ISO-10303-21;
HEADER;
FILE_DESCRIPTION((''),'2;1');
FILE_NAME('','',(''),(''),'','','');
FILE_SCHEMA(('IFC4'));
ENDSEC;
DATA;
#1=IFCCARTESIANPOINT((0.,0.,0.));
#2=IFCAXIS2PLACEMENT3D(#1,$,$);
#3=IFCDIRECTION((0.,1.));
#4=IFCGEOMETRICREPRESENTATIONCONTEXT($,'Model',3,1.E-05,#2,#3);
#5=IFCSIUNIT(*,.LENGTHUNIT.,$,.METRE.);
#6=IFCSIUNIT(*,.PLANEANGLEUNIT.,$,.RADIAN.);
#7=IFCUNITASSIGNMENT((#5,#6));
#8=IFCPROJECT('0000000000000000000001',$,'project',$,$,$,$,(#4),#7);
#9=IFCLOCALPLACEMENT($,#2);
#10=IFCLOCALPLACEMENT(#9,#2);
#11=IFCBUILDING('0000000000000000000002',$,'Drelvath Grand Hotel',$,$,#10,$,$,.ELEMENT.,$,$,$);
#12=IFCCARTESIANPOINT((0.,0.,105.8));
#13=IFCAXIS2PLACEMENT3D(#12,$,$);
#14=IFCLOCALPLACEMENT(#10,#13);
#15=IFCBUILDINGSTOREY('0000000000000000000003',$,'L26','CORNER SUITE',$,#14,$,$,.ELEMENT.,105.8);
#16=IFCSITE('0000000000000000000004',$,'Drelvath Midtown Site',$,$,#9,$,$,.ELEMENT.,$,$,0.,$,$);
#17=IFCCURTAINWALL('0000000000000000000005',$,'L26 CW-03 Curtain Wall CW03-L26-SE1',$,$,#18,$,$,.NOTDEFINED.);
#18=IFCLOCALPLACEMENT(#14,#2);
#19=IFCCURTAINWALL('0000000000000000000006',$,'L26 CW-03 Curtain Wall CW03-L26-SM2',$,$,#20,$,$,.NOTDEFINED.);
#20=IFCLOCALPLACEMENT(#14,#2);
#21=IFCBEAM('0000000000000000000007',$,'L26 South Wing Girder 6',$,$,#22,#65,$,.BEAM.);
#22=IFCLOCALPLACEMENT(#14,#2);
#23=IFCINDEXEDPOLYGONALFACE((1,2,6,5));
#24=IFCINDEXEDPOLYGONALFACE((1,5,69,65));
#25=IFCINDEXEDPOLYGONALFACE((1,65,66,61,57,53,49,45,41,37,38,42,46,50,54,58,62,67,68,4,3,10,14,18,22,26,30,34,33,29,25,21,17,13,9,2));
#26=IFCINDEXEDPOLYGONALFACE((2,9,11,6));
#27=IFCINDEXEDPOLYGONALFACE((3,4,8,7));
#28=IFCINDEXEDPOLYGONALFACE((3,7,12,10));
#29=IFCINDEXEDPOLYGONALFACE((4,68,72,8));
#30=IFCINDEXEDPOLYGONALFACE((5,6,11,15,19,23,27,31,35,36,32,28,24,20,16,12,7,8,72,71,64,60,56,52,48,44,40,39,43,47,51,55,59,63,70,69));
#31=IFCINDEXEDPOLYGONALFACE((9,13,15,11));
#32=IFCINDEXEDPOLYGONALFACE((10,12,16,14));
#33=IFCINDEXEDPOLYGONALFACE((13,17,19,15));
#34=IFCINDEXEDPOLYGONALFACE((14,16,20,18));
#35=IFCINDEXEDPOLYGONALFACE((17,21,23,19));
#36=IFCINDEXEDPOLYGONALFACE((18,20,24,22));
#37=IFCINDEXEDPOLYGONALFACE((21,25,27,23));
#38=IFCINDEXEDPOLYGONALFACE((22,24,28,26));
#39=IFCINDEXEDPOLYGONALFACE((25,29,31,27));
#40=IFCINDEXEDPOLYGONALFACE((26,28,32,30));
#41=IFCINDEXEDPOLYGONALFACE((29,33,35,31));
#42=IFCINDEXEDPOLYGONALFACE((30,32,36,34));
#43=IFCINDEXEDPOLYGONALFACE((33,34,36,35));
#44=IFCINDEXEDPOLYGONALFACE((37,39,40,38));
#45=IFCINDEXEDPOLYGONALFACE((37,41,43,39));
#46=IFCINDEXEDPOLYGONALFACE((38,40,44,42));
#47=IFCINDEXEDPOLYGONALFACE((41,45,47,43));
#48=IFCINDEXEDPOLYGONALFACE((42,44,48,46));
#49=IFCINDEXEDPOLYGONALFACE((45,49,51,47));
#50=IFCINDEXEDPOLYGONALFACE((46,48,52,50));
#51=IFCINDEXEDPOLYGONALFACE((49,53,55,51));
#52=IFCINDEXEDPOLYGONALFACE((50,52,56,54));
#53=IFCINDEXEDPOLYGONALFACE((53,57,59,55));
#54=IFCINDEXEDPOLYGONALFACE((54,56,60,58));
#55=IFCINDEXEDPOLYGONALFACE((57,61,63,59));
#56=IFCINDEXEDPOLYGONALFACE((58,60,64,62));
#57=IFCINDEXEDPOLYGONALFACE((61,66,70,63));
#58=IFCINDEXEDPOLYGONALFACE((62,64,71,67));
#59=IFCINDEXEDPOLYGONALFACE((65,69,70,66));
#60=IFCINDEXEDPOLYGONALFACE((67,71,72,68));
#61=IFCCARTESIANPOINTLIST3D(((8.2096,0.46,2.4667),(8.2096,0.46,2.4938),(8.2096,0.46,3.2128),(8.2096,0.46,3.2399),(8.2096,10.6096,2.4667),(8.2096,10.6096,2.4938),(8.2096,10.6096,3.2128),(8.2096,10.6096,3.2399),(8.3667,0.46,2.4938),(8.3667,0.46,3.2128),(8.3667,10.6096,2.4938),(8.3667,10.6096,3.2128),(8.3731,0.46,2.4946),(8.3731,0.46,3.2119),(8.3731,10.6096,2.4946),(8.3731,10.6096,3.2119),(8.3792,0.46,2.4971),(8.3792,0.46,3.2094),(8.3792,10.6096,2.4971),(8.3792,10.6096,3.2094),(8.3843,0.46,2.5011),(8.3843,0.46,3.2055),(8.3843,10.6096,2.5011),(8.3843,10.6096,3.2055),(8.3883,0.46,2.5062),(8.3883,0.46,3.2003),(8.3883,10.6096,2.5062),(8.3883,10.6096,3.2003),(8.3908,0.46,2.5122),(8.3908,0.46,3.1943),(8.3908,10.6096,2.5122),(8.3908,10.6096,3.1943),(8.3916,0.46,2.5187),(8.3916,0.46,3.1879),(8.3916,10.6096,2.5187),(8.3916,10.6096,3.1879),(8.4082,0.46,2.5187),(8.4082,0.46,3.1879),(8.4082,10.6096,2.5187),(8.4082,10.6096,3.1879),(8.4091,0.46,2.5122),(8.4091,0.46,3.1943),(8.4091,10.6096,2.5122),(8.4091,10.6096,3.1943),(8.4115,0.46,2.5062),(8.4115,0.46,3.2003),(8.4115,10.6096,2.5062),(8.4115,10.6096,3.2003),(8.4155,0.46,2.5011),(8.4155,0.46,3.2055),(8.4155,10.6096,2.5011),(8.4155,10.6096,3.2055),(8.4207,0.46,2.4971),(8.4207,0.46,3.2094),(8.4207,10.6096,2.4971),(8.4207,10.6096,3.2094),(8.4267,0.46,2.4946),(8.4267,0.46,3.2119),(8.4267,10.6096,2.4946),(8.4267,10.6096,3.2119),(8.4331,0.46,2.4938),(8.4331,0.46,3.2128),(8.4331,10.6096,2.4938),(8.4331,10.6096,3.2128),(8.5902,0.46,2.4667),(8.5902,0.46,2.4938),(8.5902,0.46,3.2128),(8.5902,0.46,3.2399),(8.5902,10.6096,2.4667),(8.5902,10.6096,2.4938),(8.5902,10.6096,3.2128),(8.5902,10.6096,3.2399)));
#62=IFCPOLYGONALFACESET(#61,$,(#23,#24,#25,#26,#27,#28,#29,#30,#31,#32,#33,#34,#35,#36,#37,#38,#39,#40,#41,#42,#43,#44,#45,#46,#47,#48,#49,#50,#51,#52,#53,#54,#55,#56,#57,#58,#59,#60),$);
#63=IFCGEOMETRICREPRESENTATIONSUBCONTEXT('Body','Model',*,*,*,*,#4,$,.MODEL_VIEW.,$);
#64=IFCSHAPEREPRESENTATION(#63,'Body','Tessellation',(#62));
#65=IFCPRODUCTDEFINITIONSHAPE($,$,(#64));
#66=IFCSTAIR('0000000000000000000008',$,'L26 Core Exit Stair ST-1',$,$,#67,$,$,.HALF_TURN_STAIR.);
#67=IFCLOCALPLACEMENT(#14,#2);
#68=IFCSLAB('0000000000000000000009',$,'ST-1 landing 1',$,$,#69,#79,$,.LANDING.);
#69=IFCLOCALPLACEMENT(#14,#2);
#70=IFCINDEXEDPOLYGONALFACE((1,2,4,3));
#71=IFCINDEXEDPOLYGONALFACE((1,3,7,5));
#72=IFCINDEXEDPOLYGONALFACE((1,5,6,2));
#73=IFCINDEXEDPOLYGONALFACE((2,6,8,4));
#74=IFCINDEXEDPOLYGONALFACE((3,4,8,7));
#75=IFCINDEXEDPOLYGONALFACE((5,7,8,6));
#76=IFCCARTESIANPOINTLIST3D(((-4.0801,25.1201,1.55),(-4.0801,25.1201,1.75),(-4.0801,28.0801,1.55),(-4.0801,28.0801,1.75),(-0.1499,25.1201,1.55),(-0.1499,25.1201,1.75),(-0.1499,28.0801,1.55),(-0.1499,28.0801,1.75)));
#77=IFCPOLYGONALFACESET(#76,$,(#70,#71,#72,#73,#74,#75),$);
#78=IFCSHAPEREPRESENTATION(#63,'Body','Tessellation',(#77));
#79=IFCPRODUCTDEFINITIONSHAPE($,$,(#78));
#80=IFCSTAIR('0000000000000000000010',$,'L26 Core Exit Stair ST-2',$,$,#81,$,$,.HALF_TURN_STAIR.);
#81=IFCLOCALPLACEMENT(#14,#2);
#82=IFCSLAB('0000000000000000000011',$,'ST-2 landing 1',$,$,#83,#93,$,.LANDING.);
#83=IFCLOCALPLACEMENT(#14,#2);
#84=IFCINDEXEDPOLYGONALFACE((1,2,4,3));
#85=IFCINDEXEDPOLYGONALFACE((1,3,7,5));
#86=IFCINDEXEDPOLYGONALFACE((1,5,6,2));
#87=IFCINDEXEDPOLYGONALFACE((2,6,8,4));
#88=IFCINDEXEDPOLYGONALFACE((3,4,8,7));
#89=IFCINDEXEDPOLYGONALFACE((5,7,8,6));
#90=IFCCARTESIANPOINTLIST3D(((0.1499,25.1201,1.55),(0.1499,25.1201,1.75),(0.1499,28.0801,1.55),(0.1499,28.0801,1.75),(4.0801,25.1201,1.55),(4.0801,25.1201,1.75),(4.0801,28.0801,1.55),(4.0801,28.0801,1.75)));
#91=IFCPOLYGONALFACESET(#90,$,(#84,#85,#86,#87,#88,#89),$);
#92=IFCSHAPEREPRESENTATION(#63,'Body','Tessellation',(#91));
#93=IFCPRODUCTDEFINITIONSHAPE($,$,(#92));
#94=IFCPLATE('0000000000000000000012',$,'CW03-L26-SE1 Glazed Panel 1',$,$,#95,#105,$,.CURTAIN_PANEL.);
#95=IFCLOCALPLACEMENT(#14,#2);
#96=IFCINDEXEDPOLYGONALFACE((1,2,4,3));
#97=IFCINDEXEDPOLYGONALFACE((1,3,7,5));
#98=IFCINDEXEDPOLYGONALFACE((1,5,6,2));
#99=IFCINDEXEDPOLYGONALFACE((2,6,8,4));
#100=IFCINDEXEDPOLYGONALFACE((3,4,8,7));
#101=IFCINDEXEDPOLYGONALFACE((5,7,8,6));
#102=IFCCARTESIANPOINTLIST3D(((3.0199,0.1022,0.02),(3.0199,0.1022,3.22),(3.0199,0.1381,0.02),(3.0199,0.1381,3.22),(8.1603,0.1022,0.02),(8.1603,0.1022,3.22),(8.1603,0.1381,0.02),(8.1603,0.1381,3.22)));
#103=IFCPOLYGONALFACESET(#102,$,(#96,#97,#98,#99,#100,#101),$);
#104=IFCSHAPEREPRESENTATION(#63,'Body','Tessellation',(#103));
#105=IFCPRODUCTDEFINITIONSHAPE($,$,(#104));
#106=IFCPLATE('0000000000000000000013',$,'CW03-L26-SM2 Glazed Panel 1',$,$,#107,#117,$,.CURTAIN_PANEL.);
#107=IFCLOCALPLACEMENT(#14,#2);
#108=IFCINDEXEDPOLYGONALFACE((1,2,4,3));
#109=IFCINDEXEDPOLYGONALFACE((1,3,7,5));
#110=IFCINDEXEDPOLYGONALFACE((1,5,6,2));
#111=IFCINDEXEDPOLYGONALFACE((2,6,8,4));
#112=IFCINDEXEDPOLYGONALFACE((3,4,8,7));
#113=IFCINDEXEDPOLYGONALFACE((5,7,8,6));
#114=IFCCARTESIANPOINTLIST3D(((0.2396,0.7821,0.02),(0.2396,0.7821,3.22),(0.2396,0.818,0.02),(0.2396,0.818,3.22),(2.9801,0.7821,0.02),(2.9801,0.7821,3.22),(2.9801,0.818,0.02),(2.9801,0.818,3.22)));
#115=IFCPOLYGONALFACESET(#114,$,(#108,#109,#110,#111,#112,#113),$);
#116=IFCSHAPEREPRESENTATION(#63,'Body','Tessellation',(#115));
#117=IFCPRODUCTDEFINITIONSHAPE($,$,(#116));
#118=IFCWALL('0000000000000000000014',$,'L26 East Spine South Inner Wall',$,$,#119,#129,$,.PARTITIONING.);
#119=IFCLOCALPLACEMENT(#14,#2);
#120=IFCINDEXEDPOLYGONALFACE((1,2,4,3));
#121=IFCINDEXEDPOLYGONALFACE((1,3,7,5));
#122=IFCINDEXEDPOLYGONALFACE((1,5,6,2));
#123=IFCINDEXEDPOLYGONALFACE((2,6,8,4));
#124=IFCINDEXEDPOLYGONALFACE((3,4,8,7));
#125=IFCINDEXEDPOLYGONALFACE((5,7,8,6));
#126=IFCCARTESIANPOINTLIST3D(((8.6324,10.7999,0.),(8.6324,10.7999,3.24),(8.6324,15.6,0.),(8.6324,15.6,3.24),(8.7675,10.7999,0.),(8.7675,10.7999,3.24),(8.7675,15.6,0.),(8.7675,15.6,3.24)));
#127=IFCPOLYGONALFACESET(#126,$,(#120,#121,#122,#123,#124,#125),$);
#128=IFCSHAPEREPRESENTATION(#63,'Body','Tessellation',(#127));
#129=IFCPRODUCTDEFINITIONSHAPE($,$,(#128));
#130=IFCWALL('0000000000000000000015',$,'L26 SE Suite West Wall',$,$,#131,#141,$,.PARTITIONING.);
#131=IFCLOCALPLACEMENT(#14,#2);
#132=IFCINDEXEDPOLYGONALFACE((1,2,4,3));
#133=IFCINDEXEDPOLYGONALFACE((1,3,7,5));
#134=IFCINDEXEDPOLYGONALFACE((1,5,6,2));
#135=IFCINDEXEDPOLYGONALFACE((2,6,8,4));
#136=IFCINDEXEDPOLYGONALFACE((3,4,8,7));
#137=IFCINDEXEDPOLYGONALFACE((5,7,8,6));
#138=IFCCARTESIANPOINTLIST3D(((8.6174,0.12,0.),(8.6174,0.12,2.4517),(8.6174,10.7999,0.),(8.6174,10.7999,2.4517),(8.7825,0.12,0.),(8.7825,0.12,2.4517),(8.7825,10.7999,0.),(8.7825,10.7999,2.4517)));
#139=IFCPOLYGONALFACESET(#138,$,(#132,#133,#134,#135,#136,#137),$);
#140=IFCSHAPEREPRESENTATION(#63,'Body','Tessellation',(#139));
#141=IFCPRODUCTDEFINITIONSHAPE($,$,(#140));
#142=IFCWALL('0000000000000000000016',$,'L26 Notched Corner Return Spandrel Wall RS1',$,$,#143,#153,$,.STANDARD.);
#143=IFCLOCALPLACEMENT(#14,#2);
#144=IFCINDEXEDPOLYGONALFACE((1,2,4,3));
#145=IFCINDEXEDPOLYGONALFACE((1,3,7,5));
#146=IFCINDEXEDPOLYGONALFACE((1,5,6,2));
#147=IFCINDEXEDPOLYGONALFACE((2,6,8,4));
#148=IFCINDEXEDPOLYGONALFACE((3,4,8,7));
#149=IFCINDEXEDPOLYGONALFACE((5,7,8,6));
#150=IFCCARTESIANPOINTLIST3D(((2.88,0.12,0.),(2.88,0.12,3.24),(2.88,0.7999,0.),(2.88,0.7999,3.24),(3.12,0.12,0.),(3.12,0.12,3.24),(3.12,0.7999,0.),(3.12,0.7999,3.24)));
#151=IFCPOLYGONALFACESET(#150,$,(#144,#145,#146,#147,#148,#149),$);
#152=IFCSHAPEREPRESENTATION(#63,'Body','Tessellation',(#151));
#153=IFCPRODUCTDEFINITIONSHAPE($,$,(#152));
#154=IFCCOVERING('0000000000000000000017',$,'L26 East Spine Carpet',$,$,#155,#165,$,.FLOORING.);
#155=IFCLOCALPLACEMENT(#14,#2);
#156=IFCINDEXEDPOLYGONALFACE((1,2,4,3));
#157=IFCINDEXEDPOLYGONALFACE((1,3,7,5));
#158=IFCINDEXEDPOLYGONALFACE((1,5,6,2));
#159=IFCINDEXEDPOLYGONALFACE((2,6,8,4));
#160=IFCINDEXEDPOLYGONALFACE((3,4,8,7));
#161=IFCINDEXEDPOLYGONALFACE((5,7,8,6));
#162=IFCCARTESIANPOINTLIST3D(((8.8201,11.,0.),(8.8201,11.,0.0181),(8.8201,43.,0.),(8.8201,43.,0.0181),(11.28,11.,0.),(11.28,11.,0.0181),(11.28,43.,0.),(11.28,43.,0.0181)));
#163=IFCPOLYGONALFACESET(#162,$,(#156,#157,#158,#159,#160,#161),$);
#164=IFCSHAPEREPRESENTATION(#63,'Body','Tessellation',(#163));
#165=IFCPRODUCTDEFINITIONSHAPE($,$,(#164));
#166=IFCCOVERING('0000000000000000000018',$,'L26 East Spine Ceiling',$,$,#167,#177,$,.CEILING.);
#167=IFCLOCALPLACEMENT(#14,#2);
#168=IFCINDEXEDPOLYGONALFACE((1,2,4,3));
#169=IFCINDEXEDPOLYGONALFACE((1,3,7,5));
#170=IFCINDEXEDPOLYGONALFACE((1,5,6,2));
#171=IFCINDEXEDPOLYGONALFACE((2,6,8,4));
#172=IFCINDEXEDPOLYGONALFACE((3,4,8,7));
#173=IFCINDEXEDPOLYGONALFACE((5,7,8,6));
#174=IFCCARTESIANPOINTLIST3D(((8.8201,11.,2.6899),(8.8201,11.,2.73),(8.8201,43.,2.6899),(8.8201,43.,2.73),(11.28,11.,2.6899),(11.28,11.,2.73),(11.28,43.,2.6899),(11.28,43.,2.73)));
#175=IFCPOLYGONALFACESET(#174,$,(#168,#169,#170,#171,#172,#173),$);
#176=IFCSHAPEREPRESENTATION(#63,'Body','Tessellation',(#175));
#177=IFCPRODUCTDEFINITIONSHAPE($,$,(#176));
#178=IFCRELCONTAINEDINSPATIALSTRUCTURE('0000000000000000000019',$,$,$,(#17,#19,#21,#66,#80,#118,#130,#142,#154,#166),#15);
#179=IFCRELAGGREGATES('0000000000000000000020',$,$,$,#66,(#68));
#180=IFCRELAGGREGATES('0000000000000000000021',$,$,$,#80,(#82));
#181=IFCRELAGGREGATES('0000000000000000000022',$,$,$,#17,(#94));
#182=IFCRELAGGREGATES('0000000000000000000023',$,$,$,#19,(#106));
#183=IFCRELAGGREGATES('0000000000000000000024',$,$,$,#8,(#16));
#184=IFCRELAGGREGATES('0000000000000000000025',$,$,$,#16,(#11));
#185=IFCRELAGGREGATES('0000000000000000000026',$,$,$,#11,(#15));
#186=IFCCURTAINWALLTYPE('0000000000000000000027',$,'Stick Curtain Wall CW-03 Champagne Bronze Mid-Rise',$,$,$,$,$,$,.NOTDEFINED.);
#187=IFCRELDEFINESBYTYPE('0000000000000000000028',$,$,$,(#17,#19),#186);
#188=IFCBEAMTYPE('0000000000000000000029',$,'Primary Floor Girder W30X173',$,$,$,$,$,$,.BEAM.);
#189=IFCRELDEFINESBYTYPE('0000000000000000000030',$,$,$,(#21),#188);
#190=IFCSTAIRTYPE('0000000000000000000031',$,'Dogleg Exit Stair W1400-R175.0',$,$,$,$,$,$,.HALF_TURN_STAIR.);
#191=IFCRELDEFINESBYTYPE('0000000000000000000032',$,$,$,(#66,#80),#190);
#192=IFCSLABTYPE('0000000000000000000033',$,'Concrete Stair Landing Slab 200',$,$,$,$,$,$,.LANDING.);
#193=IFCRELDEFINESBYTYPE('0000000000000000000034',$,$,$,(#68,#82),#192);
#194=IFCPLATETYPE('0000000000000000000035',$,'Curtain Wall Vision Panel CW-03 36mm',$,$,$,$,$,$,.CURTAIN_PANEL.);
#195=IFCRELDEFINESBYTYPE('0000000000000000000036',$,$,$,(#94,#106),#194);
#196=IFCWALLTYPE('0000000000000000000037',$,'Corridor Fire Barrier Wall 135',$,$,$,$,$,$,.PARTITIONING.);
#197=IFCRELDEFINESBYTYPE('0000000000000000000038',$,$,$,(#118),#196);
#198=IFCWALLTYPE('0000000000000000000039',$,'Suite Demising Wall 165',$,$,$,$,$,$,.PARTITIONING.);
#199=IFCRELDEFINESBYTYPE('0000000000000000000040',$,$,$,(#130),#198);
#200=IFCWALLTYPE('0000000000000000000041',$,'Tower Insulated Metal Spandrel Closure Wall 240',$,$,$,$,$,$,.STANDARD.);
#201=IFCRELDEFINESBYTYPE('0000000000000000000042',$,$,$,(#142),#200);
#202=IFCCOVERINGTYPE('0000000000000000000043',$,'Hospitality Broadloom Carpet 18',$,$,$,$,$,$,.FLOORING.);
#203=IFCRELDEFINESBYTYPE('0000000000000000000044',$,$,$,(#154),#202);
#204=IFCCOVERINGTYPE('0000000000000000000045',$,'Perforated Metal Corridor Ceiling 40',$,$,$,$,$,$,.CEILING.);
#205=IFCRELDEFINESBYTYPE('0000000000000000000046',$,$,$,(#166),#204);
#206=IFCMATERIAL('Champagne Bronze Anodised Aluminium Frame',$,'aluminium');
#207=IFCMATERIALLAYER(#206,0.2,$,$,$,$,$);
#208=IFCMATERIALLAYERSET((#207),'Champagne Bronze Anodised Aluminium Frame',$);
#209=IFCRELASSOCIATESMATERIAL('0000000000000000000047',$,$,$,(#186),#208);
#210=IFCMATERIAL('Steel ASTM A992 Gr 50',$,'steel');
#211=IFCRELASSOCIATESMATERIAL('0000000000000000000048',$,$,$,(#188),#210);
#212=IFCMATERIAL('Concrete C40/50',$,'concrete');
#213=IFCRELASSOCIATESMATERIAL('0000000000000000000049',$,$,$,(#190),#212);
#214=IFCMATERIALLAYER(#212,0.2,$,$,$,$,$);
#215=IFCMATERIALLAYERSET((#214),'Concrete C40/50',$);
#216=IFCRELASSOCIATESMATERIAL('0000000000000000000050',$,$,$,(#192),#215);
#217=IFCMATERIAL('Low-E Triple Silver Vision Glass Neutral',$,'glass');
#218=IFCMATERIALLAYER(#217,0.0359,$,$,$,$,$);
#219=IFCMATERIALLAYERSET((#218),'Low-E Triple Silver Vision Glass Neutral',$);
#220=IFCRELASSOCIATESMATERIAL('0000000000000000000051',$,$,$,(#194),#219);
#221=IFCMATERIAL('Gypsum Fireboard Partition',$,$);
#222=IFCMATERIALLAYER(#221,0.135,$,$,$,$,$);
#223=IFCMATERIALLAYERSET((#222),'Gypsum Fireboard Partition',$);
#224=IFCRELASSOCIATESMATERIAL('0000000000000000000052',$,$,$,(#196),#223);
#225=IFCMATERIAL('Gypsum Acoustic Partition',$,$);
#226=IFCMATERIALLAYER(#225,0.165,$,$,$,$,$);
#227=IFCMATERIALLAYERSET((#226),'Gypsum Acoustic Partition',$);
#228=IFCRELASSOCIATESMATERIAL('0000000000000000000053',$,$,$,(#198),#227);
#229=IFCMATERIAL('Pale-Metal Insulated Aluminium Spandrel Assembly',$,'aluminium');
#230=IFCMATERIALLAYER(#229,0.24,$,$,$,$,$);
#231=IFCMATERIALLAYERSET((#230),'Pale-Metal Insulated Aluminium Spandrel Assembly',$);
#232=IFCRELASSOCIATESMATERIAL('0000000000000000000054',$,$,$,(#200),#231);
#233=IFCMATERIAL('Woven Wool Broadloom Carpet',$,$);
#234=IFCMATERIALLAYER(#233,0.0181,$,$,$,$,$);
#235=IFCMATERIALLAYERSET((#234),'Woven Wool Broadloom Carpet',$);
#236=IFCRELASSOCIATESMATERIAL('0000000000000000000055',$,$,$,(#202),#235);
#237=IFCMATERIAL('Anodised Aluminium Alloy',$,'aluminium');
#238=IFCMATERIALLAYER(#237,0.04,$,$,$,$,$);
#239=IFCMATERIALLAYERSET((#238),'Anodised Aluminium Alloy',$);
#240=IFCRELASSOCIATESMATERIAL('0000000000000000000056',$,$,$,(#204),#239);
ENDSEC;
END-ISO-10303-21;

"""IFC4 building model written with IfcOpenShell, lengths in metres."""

from ifc_helpers import new_model, si_unit, direction, frame, frame_2d, origin, origin_2d, place, context, subcontext, project, spatial, polyline, rectangle, i_section, outline, extrude, material, layer, layer_set, material_profile, profile_set, type_object, element, aggregate, save


model = new_model("IFC4")

# Units and contexts
model_context = context("Model", 3, precision=1e-05, world=origin(), true_north=direction((0.0, 1.0)))
body_context = subcontext(model_context, "Body", "Model", "MODEL_VIEW")
ifc_project = project(units=[si_unit("LENGTHUNIT", "METRE"), si_unit("PLANEANGLEUNIT", "RADIAN")], contexts=[model_context])

# Site, building, storey
site_placement = place(None, origin())
site = spatial("IfcSite", under=ifc_project, at=site_placement, Name="Drelvath Midtown Site", CompositionType="ELEMENT", RefElevation=0.0)
building_placement = place(site_placement, origin())
building = spatial("IfcBuilding", under=site, at=building_placement, Name="Drelvath Grand Hotel", CompositionType="ELEMENT")
storey_placement = place(building_placement, frame((0.0, 0.0, 105.8)))
storey = spatial("IfcBuildingStorey", under=building, at=storey_placement, Name="L26", Description="CORNER SUITE", CompositionType="ELEMENT", Elevation=105.8)

# Curtain walls
ifc_material_1 = material(Name="Champagne Bronze Anodised Aluminium Frame", Category="aluminium")
ifc_layer_1 = layer(ifc_material_1, 0.2)
ifc_layer_set_1 = layer_set([ifc_layer_1], Name="Champagne Bronze Anodised Aluminium Frame")
curtain_wall_type = type_object("IfcCurtainWallType", Name="Stick Curtain Wall CW-03 Champagne Bronze Mid-Rise", PredefinedType="NOTDEFINED", material=ifc_layer_set_1)
curtain_wall_1_placement = place(storey_placement, origin())
curtain_wall_1 = element("IfcCurtainWall", 1, at=curtain_wall_1_placement, inside=storey, type_object=curtain_wall_type, Name="L26 CW-03 Curtain Wall CW03-L26-SE1", PredefinedType="NOTDEFINED")
curtain_wall_2_placement = place(storey_placement, origin())
curtain_wall_2 = element("IfcCurtainWall", 2, at=curtain_wall_2_placement, inside=storey, type_object=curtain_wall_type, Name="L26 CW-03 Curtain Wall CW03-L26-SM2", PredefinedType="NOTDEFINED")

# Beam
ifc_material_2 = material(Name="Steel ASTM A992 Gr 50", Category="steel")
ifc_material_profile_1 = material_profile(ifc_material_2, i_section(OverallWidth=0.3806, OverallDepth=0.7732, WebThickness=0.0166, FlangeThickness=0.0271, FilletRadius=0.0249, at=origin_2d()), Name="W30X173")
ifc_profile_set_1 = profile_set([ifc_material_profile_1], Name="Steel ASTM A992 Gr 50")
beam_type_1 = type_object("IfcBeamType", Name="Primary Floor Girder W30X173", PredefinedType="BEAM", material=ifc_profile_set_1)
beam_1_placement = place(storey_placement, frame((8.3999, 0.46, 2.8533), z_axis=(0.0, 1.0, 0.0), x_axis=(-1.0, 0.0, 0.0)))
element("IfcBeam", 3, at=beam_1_placement, inside=storey, type_object=beam_type_1, Name="L26 South Wing Girder 6", PredefinedType="BEAM", context=body_context, shape_type="SweptSolid", body=[
    extrude(i_section(OverallWidth=0.3806, OverallDepth=0.7732, WebThickness=0.0166, FlangeThickness=0.0271, FilletRadius=0.0249, at=origin_2d()), origin(), (0.0, 0.0, 1.0), 10.1497),
])

# Stairs, slabs
ifc_material_3 = material(Name="Concrete C40/50", Category="concrete")
stair_type = type_object("IfcStairType", Name="Dogleg Exit Stair W1400-R175.0", PredefinedType="HALF_TURN_STAIR", material=ifc_material_3)
stair_1_placement = place(storey_placement, origin())
stair_1 = element("IfcStair", 4, at=stair_1_placement, inside=storey, type_object=stair_type, Name="L26 Core Exit Stair ST-1", PredefinedType="HALF_TURN_STAIR")
ifc_layer_2 = layer(ifc_material_3, 0.2)
ifc_layer_set_2 = layer_set([ifc_layer_2], Name="Concrete C40/50")
slab_type = type_object("IfcSlabType", Name="Concrete Stair Landing Slab 200", PredefinedType="LANDING", material=ifc_layer_set_2)
slab_1_placement = place(storey_placement, frame((0.0, 0.0, 1.55)))
slab_1 = element("IfcSlab", 5, at=slab_1_placement, type_object=slab_type, Name="ST-1 landing 1", PredefinedType="LANDING", context=body_context, shape_type="SweptSolid", body=[
    extrude(outline(polyline([(-4.0801, 25.1201), (-0.1499, 25.1201), (-0.1499, 28.0801), (-4.0801, 28.0801), (-4.0801, 25.1201)])), origin(), (0.0, 0.0, 1.0), 0.2),
])
aggregate(stair_1, [slab_1])
stair_2_placement = place(storey_placement, origin())
stair_2 = element("IfcStair", 6, at=stair_2_placement, inside=storey, type_object=stair_type, Name="L26 Core Exit Stair ST-2", PredefinedType="HALF_TURN_STAIR")
slab_2_placement = place(storey_placement, frame((0.0, 0.0, 1.55)))
slab_2 = element("IfcSlab", 7, at=slab_2_placement, type_object=slab_type, Name="ST-2 landing 1", PredefinedType="LANDING", context=body_context, shape_type="SweptSolid", body=[
    extrude(outline(polyline([(4.0801, 28.0801), (0.1499, 28.0801), (0.1499, 25.1201), (4.0801, 25.1201), (4.0801, 28.0801)])), origin(), (0.0, 0.0, 1.0), 0.2),
])
aggregate(stair_2, [slab_2])

# Plates
ifc_material_4 = material(Name="Low-E Triple Silver Vision Glass Neutral", Category="glass")
ifc_layer_3 = layer(ifc_material_4, 0.0359)
ifc_layer_set_3 = layer_set([ifc_layer_3], Name="Low-E Triple Silver Vision Glass Neutral")
plate_type = type_object("IfcPlateType", Name="Curtain Wall Vision Panel CW-03 36mm", PredefinedType="CURTAIN_PANEL", material=ifc_layer_set_3)
plate_1_placement = place(storey_placement, frame((5.5901, 0.1201, 0.02), z_axis=(0.0, 0.0, 1.0), x_axis=(-1.0, 0.0, 0.0)))
plate_1 = element("IfcPlate", 8, at=plate_1_placement, type_object=plate_type, Name="CW03-L26-SE1 Glazed Panel 1", PredefinedType="CURTAIN_PANEL", context=body_context, shape_type="SweptSolid", body=[
    extrude(rectangle(XDim=5.1404, YDim=0.0359, at=origin_2d()), origin(), (0.0, 0.0, 1.0), 3.2),
])
aggregate(curtain_wall_1, [plate_1])
plate_2_placement = place(storey_placement, frame((1.6099, 0.8, 0.02), z_axis=(0.0, 0.0, 1.0), x_axis=(-1.0, 0.0, 0.0)))
plate_2 = element("IfcPlate", 9, at=plate_2_placement, type_object=plate_type, Name="CW03-L26-SM2 Glazed Panel 1", PredefinedType="CURTAIN_PANEL", context=body_context, shape_type="SweptSolid", body=[
    extrude(rectangle(XDim=2.7405, YDim=0.0359, at=origin_2d()), origin(), (0.0, 0.0, 1.0), 3.2),
])
aggregate(curtain_wall_2, [plate_2])

# Wall
ifc_material_5 = material(Name="Gypsum Fireboard Partition")
ifc_layer_4 = layer(ifc_material_5, 0.135)
ifc_layer_set_4 = layer_set([ifc_layer_4], Name="Gypsum Fireboard Partition")
wall_type_1 = type_object("IfcWallType", Name="Corridor Fire Barrier Wall 135", PredefinedType="PARTITIONING", material=ifc_layer_set_4)
wall_1_placement = place(storey_placement, frame((8.7, 10.8, 0.0), z_axis=(0.0, 0.0, 1.0), x_axis=(0.0, 1.0, 0.0)))
element("IfcWall", 10, at=wall_1_placement, inside=storey, type_object=wall_type_1, Name="L26 East Spine South Inner Wall", PredefinedType="PARTITIONING", context=body_context, shape_type="SweptSolid", body=[
    extrude(rectangle(XDim=4.8, YDim=0.135, at=frame_2d((2.3999, 0.0))), origin(), (0.0, 0.0, 1.0), 3.24),
])

# Walls
ifc_material_6 = material(Name="Gypsum Acoustic Partition")
ifc_layer_5 = layer(ifc_material_6, 0.165)
ifc_layer_set_5 = layer_set([ifc_layer_5], Name="Gypsum Acoustic Partition")
wall_type_2 = type_object("IfcWallType", Name="Suite Demising Wall 165", PredefinedType="PARTITIONING", material=ifc_layer_set_5)
wall_2_placement = place(storey_placement, frame((8.7, 0.1201, 0.0), z_axis=(0.0, 0.0, 1.0), x_axis=(0.0, 1.0, 0.0)))
element("IfcWall", 11, at=wall_2_placement, inside=storey, type_object=wall_type_2, Name="L26 SE Suite West Wall", PredefinedType="PARTITIONING", context=body_context, shape_type="SweptSolid", body=[
    extrude(rectangle(XDim=10.6799, YDim=0.165, at=frame_2d((5.3398, 0.0))), origin(), (0.0, 0.0, 1.0), 2.4517),
])
ifc_material_7 = material(Name="Pale-Metal Insulated Aluminium Spandrel Assembly", Category="aluminium")
ifc_layer_6 = layer(ifc_material_7, 0.24)
ifc_layer_set_6 = layer_set([ifc_layer_6], Name="Pale-Metal Insulated Aluminium Spandrel Assembly")
wall_type_3 = type_object("IfcWallType", Name="Tower Insulated Metal Spandrel Closure Wall 240", PredefinedType="STANDARD", material=ifc_layer_set_6)
wall_3_placement = place(storey_placement, frame((3.0, 0.1201, 0.0), z_axis=(0.0, 0.0, 1.0), x_axis=(0.0, 1.0, 0.0)))
element("IfcWall", 12, at=wall_3_placement, inside=storey, type_object=wall_type_3, Name="L26 Notched Corner Return Spandrel Wall RS1", PredefinedType="STANDARD", context=body_context, shape_type="SweptSolid", body=[
    extrude(rectangle(XDim=0.6799, YDim=0.24, at=frame_2d((0.3398, 0.0))), origin(), (0.0, 0.0, 1.0), 3.24),
])

# Coverings
ifc_material_8 = material(Name="Woven Wool Broadloom Carpet")
ifc_layer_7 = layer(ifc_material_8, 0.0181)
ifc_layer_set_7 = layer_set([ifc_layer_7], Name="Woven Wool Broadloom Carpet")
covering_type_1 = type_object("IfcCoveringType", Name="Hospitality Broadloom Carpet 18", PredefinedType="FLOORING", material=ifc_layer_set_7)
covering_1_placement = place(storey_placement, origin())
element("IfcCovering", 13, at=covering_1_placement, inside=storey, type_object=covering_type_1, Name="L26 East Spine Carpet", PredefinedType="FLOORING", context=body_context, shape_type="SweptSolid", body=[
    extrude(outline(polyline([(11.28, 11.0), (11.28, 43.0), (8.8201, 43.0), (8.8201, 11.0), (11.28, 11.0)])), origin(), (0.0, 0.0, 1.0), 0.0181),
])
ifc_material_9 = material(Name="Anodised Aluminium Alloy", Category="aluminium")
ifc_layer_8 = layer(ifc_material_9, 0.04)
ifc_layer_set_8 = layer_set([ifc_layer_8], Name="Anodised Aluminium Alloy")
covering_type_2 = type_object("IfcCoveringType", Name="Perforated Metal Corridor Ceiling 40", PredefinedType="CEILING", material=ifc_layer_set_8)
covering_2_placement = place(storey_placement, frame((0.0, 0.0, 2.6899)))
element("IfcCovering", 14, at=covering_2_placement, inside=storey, type_object=covering_type_2, Name="L26 East Spine Ceiling", PredefinedType="CEILING", context=body_context, shape_type="SweptSolid", body=[
    extrude(outline(polyline([(11.28, 11.0), (11.28, 43.0), (8.8201, 43.0), (8.8201, 11.0), (11.28, 11.0)])), origin(), (0.0, 0.0, 1.0), 0.04),
])

save(model, "model.ifc")
